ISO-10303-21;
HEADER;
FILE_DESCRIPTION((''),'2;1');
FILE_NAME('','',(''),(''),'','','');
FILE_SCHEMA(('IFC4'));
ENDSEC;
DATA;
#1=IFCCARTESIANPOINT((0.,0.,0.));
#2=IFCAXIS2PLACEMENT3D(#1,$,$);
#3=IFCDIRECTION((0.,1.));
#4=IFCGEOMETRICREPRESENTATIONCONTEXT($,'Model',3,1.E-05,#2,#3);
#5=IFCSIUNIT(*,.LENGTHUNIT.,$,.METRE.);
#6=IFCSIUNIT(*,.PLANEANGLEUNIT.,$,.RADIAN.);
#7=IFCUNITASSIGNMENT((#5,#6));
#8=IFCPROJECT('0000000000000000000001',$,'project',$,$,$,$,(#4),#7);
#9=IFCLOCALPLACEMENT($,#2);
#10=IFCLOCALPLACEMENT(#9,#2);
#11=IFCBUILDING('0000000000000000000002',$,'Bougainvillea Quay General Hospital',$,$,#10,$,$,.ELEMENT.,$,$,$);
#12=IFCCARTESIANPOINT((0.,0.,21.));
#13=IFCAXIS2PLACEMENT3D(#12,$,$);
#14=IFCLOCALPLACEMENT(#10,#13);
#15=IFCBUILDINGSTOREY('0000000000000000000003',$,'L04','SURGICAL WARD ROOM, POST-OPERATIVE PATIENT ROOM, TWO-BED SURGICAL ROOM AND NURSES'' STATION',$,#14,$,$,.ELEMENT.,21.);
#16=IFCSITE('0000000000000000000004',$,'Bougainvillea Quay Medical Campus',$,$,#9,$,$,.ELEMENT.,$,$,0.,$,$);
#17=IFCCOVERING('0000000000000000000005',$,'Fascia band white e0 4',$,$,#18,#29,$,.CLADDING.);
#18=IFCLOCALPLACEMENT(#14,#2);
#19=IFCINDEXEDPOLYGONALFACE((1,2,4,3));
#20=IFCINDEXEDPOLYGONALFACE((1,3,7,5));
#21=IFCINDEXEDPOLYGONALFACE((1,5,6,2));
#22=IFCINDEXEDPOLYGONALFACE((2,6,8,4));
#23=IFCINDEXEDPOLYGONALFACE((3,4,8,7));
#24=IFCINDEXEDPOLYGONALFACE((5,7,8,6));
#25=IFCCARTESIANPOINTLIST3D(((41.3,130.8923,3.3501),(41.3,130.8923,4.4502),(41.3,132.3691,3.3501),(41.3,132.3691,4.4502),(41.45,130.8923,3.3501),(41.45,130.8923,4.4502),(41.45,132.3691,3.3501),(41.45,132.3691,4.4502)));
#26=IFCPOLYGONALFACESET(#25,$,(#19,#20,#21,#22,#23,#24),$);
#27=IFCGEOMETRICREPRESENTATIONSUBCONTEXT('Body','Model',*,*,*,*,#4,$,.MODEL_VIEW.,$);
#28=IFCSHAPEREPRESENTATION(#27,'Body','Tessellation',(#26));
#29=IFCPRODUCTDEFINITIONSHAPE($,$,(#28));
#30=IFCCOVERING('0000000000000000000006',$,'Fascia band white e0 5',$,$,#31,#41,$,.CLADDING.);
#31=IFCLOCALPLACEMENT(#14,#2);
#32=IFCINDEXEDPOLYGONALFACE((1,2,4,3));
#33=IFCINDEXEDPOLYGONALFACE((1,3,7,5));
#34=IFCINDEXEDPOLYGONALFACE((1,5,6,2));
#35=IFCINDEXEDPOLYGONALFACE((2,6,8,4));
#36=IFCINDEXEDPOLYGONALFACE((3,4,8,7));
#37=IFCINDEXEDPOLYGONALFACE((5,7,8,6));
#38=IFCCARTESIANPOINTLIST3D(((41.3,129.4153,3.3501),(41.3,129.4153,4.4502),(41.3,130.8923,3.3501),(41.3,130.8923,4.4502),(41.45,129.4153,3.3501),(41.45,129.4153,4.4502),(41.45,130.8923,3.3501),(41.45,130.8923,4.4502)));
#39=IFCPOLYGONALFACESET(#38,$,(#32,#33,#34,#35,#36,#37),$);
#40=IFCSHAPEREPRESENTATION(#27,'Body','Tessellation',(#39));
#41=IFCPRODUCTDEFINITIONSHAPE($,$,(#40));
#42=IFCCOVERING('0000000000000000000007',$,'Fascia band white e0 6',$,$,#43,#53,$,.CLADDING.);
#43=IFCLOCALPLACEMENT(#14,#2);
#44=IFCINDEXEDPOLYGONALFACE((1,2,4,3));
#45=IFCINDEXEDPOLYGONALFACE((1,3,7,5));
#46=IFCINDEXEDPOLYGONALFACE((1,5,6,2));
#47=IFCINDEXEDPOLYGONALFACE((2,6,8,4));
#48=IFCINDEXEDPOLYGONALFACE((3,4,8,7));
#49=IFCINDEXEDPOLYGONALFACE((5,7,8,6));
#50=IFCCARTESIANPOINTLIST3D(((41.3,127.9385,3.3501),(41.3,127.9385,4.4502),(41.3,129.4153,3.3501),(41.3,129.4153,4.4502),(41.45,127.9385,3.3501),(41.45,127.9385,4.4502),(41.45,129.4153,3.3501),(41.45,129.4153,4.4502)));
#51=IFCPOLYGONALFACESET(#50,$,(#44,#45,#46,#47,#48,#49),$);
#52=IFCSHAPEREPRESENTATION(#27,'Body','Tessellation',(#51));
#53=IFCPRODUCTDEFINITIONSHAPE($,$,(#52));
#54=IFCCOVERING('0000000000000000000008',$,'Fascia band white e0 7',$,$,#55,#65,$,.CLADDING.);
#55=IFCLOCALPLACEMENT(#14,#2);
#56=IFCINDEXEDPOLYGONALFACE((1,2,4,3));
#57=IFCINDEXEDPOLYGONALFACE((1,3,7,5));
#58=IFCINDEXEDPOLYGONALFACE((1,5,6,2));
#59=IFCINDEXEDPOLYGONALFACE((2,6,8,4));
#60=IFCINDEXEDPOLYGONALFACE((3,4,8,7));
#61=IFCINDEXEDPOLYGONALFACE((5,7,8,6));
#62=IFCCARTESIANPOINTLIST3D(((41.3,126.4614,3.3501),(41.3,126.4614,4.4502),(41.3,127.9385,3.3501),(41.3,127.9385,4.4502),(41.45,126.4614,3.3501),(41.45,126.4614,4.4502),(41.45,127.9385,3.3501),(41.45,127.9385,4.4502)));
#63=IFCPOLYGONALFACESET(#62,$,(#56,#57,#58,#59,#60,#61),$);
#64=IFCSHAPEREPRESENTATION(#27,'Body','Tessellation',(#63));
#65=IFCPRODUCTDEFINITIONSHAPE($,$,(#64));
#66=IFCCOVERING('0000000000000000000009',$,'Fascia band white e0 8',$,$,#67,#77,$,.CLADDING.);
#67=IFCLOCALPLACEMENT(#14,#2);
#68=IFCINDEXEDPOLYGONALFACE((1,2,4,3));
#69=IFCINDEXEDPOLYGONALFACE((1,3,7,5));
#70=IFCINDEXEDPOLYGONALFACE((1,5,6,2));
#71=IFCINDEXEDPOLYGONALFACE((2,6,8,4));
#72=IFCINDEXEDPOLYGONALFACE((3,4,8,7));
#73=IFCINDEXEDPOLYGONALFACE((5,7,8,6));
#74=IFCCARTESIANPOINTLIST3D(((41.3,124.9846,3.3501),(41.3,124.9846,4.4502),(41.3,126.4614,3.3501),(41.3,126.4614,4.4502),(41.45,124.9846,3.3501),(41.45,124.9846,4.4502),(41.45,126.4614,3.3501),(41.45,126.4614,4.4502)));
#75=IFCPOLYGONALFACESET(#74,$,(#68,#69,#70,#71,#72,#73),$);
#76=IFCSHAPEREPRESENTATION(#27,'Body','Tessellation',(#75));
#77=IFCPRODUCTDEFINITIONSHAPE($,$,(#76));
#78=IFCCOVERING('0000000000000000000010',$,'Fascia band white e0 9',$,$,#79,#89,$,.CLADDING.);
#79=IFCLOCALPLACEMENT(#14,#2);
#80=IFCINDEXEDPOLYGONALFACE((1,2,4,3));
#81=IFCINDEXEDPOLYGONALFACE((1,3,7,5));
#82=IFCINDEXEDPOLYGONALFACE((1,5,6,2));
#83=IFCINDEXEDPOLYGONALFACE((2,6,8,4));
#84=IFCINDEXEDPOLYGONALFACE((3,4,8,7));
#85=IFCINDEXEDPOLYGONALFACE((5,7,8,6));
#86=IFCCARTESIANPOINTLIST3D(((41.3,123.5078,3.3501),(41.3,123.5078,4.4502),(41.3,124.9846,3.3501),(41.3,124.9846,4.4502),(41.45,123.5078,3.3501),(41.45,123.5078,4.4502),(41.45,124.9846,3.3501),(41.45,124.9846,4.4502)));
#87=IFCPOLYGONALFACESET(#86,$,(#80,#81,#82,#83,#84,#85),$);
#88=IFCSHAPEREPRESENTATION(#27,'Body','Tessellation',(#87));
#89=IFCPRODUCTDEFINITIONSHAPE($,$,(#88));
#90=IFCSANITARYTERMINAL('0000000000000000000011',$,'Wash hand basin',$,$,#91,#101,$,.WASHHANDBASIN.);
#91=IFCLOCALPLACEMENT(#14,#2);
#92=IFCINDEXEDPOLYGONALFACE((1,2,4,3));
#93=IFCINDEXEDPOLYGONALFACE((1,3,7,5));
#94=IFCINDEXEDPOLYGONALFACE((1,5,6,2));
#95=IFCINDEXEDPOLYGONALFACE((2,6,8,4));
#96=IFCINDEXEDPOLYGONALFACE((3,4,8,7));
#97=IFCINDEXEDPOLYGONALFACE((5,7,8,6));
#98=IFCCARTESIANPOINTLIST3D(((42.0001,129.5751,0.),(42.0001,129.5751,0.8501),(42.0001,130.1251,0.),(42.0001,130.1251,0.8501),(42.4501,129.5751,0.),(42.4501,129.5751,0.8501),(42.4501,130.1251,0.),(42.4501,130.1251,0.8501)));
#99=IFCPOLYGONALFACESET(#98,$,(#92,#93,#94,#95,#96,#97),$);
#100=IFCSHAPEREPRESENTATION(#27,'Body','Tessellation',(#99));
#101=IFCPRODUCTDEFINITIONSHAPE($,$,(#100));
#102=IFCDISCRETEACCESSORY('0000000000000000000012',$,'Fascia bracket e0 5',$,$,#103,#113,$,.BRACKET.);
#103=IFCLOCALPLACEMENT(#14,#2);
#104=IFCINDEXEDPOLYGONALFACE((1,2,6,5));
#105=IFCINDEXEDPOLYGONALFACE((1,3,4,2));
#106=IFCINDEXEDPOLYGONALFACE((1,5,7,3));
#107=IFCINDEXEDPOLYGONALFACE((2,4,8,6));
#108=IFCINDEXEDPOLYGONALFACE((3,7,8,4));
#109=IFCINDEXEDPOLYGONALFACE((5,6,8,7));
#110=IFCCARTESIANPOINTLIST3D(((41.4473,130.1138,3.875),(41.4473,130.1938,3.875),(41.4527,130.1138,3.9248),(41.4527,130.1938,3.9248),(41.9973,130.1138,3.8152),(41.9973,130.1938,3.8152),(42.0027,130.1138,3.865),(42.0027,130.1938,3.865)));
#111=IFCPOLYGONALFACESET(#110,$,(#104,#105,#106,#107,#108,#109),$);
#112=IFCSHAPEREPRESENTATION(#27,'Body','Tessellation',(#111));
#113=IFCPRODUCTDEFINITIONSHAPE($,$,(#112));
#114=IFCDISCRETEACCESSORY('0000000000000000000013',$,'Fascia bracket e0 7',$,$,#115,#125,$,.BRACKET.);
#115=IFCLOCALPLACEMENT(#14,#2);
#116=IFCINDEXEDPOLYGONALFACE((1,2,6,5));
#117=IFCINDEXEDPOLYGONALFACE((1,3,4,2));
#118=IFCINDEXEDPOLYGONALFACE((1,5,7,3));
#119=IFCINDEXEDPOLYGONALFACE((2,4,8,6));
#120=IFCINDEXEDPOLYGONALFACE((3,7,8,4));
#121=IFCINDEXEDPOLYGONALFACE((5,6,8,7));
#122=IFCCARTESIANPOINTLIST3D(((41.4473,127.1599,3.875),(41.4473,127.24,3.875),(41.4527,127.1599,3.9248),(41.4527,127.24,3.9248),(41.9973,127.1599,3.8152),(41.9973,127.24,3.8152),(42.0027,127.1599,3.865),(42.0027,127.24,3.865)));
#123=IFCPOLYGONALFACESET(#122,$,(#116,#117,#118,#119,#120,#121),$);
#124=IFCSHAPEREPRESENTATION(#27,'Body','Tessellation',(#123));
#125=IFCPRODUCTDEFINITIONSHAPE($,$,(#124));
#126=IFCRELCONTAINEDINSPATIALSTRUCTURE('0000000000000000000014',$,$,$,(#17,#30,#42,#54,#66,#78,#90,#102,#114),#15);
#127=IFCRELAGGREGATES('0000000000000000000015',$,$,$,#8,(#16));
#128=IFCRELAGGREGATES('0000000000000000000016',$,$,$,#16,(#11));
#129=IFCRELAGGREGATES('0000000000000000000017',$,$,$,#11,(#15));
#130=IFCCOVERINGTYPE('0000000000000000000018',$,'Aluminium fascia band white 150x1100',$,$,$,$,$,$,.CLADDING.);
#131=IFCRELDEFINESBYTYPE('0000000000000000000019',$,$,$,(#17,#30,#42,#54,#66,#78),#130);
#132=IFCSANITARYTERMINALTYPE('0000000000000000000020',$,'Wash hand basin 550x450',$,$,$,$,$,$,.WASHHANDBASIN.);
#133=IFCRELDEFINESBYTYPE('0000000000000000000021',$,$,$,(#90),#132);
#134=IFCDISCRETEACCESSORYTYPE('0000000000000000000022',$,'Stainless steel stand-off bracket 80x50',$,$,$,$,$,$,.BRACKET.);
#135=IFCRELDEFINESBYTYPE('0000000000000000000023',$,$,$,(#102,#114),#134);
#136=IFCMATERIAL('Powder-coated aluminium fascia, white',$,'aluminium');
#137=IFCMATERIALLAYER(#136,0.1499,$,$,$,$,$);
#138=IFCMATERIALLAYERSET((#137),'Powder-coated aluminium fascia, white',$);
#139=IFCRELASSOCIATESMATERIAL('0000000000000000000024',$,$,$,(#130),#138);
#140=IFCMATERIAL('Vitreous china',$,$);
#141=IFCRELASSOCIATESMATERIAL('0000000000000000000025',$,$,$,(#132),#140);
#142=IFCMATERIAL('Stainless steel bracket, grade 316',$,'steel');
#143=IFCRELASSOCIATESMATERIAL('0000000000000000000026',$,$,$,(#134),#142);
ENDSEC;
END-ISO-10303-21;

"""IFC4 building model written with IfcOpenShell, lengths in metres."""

from ifc_helpers import new_model, si_unit, direction, frame, origin, origin_2d, place, context, subcontext, project, spatial, polyline, rectangle, outline, extrude, material, layer, layer_set, material_profile, profile_set, type_object, element, save


model = new_model("IFC4")

# Units and contexts
model_context = context("Model", 3, precision=1e-05, world=origin(), true_north=direction((0.0, 1.0)))
body_context = subcontext(model_context, "Body", "Model", "MODEL_VIEW")
ifc_project = project(units=[si_unit("LENGTHUNIT", "METRE"), si_unit("PLANEANGLEUNIT", "RADIAN")], contexts=[model_context])

# Site, building, storey
site_placement = place(None, origin())
site = spatial("IfcSite", under=ifc_project, at=site_placement, Name="Bougainvillea Quay Medical Campus", CompositionType="ELEMENT", RefElevation=0.0)
building_placement = place(site_placement, origin())
building = spatial("IfcBuilding", under=site, at=building_placement, Name="Bougainvillea Quay General Hospital", CompositionType="ELEMENT")
storey_placement = place(building_placement, frame((0.0, 0.0, 21.0)))
storey = spatial("IfcBuildingStorey", under=building, at=storey_placement, Name="L04", Description="SURGICAL WARD ROOM, POST-OPERATIVE PATIENT ROOM, TWO-BED SURGICAL ROOM AND NURSES' STATION", CompositionType="ELEMENT", Elevation=21.0)

# Coverings
ifc_material_1 = material(Name="Powder-coated aluminium fascia, white", Category="aluminium")
ifc_layer_1 = layer(ifc_material_1, 0.1499)
ifc_layer_set_1 = layer_set([ifc_layer_1], Name="Powder-coated aluminium fascia, white")
covering_type = type_object("IfcCoveringType", Name="Aluminium fascia band white 150x1100", PredefinedType="CLADDING", material=ifc_layer_set_1)
covering_1_placement = place(storey_placement, frame((41.45, 132.3691, 3.3501), z_axis=(0.0, 0.0, 1.0), x_axis=(0.0, -1.0, 0.0)))
element("IfcCovering", 1, at=covering_1_placement, inside=storey, type_object=covering_type, Name="Fascia band white e0 4", PredefinedType="CLADDING", context=body_context, shape_type="SweptSolid", body=[
    extrude(outline(polyline([(0.0, 0.0), (1.4768, 0.0), (1.4768, -0.1499), (0.0, -0.1499), (0.0, 0.0)])), origin(), (0.0, 0.0, 1.0), 1.1001),
])
covering_2_placement = place(storey_placement, frame((41.45, 130.8923, 3.3501), z_axis=(0.0, 0.0, 1.0), x_axis=(0.0, -1.0, 0.0)))
element("IfcCovering", 2, at=covering_2_placement, inside=storey, type_object=covering_type, Name="Fascia band white e0 5", PredefinedType="CLADDING", context=body_context, shape_type="SweptSolid", body=[
    extrude(outline(polyline([(0.0, 0.0), (1.4771, 0.0), (1.4771, -0.1499), (0.0, -0.1499), (0.0, 0.0)])), origin(), (0.0, 0.0, 1.0), 1.1001),
])
covering_3_placement = place(storey_placement, frame((41.45, 129.4153, 3.3501), z_axis=(0.0, 0.0, 1.0), x_axis=(0.0, -1.0, 0.0)))
element("IfcCovering", 3, at=covering_3_placement, inside=storey, type_object=covering_type, Name="Fascia band white e0 6", PredefinedType="CLADDING", context=body_context, shape_type="SweptSolid", body=[
    extrude(outline(polyline([(0.0, 0.0), (1.4768, 0.0), (1.4768, -0.1499), (0.0, -0.1499), (0.0, 0.0)])), origin(), (0.0, 0.0, 1.0), 1.1001),
])
covering_4_placement = place(storey_placement, frame((41.45, 127.9385, 3.3501), z_axis=(0.0, 0.0, 1.0), x_axis=(0.0, -1.0, 0.0)))
element("IfcCovering", 4, at=covering_4_placement, inside=storey, type_object=covering_type, Name="Fascia band white e0 7", PredefinedType="CLADDING", context=body_context, shape_type="SweptSolid", body=[
    extrude(outline(polyline([(0.0, 0.0), (1.4771, 0.0), (1.4771, -0.1499), (0.0, -0.1499), (0.0, 0.0)])), origin(), (0.0, 0.0, 1.0), 1.1001),
])
for number, where, z_axis, x_axis, name in (
    (5, (41.45, 126.4614, 3.3501), (0.0, 0.0, 1.0), (0.0, -1.0, 0.0), "Fascia band white e0 8"),
    (6, (41.45, 124.9846, 3.3501), (0.0, 0.0, 1.0), (0.0, -1.0, 0.0), "Fascia band white e0 9"),
):
    element("IfcCovering", number, at=place(storey_placement, frame(where, z_axis=z_axis, x_axis=x_axis)), inside=storey, type_object=covering_type, Name=name, PredefinedType="CLADDING", context=body_context, shape_type="SweptSolid", body=[
        extrude(outline(polyline([(0.0, 0.0), (1.4768, 0.0), (1.4768, -0.1499), (0.0, -0.1499), (0.0, 0.0)])), origin(), (0.0, 0.0, 1.0), 1.1001),
    ])

# Sanitary terminal
ifc_material_2 = material(Name="Vitreous china")
sanitary_terminal_type = type_object("IfcSanitaryTerminalType", Name="Wash hand basin 550x450", PredefinedType="WASHHANDBASIN", material=ifc_material_2)
sanitary_terminal_placement = place(storey_placement, frame((42.2251, 129.8501, 0.0), z_axis=(0.0, 0.0, 1.0), x_axis=(0.0, 1.0, 0.0)))
element("IfcSanitaryTerminal", 7, at=sanitary_terminal_placement, inside=storey, type_object=sanitary_terminal_type, Name="Wash hand basin", PredefinedType="WASHHANDBASIN", context=body_context, shape_type="SweptSolid", body=[
    extrude(rectangle(XDim=0.55, YDim=0.45, at=origin_2d()), origin(), (0.0, 0.0, 1.0), 0.8501),
])

# Discrete accessories
ifc_material_3 = material(Name="Stainless steel bracket, grade 316", Category="steel")
ifc_material_profile_1 = material_profile(ifc_material_3, rectangle(XDim=0.0801, YDim=0.05, at=origin_2d()))
ifc_profile_set_1 = profile_set([ifc_material_profile_1], Name="Stainless steel bracket, grade 316")
discrete_accessory_type = type_object("IfcDiscreteAccessoryType", Name="Stainless steel stand-off bracket 80x50", PredefinedType="BRACKET", material=ifc_profile_set_1)
for number, where, z_axis, x_axis, name in (
    (8, (42.0, 130.1538, 3.8401), (-0.994139, 0.0, 0.108107), (0.0, -1.0, 0.0), "Fascia bracket e0 5"),
    (9, (42.0, 127.2, 3.8401), (-0.994139, 0.0, 0.108107), (0.0, -1.0, 0.0), "Fascia bracket e0 7"),
):
    element("IfcDiscreteAccessory", number, at=place(storey_placement, frame(where, z_axis=z_axis, x_axis=x_axis)), inside=storey, type_object=discrete_accessory_type, Name=name, PredefinedType="BRACKET", context=body_context, shape_type="SweptSolid", body=[
        extrude(rectangle(XDim=0.0801, YDim=0.05, at=origin_2d()), origin(), (0.0, 0.0, 1.0), 0.5532),
    ])

save(model, "model.ifc")
